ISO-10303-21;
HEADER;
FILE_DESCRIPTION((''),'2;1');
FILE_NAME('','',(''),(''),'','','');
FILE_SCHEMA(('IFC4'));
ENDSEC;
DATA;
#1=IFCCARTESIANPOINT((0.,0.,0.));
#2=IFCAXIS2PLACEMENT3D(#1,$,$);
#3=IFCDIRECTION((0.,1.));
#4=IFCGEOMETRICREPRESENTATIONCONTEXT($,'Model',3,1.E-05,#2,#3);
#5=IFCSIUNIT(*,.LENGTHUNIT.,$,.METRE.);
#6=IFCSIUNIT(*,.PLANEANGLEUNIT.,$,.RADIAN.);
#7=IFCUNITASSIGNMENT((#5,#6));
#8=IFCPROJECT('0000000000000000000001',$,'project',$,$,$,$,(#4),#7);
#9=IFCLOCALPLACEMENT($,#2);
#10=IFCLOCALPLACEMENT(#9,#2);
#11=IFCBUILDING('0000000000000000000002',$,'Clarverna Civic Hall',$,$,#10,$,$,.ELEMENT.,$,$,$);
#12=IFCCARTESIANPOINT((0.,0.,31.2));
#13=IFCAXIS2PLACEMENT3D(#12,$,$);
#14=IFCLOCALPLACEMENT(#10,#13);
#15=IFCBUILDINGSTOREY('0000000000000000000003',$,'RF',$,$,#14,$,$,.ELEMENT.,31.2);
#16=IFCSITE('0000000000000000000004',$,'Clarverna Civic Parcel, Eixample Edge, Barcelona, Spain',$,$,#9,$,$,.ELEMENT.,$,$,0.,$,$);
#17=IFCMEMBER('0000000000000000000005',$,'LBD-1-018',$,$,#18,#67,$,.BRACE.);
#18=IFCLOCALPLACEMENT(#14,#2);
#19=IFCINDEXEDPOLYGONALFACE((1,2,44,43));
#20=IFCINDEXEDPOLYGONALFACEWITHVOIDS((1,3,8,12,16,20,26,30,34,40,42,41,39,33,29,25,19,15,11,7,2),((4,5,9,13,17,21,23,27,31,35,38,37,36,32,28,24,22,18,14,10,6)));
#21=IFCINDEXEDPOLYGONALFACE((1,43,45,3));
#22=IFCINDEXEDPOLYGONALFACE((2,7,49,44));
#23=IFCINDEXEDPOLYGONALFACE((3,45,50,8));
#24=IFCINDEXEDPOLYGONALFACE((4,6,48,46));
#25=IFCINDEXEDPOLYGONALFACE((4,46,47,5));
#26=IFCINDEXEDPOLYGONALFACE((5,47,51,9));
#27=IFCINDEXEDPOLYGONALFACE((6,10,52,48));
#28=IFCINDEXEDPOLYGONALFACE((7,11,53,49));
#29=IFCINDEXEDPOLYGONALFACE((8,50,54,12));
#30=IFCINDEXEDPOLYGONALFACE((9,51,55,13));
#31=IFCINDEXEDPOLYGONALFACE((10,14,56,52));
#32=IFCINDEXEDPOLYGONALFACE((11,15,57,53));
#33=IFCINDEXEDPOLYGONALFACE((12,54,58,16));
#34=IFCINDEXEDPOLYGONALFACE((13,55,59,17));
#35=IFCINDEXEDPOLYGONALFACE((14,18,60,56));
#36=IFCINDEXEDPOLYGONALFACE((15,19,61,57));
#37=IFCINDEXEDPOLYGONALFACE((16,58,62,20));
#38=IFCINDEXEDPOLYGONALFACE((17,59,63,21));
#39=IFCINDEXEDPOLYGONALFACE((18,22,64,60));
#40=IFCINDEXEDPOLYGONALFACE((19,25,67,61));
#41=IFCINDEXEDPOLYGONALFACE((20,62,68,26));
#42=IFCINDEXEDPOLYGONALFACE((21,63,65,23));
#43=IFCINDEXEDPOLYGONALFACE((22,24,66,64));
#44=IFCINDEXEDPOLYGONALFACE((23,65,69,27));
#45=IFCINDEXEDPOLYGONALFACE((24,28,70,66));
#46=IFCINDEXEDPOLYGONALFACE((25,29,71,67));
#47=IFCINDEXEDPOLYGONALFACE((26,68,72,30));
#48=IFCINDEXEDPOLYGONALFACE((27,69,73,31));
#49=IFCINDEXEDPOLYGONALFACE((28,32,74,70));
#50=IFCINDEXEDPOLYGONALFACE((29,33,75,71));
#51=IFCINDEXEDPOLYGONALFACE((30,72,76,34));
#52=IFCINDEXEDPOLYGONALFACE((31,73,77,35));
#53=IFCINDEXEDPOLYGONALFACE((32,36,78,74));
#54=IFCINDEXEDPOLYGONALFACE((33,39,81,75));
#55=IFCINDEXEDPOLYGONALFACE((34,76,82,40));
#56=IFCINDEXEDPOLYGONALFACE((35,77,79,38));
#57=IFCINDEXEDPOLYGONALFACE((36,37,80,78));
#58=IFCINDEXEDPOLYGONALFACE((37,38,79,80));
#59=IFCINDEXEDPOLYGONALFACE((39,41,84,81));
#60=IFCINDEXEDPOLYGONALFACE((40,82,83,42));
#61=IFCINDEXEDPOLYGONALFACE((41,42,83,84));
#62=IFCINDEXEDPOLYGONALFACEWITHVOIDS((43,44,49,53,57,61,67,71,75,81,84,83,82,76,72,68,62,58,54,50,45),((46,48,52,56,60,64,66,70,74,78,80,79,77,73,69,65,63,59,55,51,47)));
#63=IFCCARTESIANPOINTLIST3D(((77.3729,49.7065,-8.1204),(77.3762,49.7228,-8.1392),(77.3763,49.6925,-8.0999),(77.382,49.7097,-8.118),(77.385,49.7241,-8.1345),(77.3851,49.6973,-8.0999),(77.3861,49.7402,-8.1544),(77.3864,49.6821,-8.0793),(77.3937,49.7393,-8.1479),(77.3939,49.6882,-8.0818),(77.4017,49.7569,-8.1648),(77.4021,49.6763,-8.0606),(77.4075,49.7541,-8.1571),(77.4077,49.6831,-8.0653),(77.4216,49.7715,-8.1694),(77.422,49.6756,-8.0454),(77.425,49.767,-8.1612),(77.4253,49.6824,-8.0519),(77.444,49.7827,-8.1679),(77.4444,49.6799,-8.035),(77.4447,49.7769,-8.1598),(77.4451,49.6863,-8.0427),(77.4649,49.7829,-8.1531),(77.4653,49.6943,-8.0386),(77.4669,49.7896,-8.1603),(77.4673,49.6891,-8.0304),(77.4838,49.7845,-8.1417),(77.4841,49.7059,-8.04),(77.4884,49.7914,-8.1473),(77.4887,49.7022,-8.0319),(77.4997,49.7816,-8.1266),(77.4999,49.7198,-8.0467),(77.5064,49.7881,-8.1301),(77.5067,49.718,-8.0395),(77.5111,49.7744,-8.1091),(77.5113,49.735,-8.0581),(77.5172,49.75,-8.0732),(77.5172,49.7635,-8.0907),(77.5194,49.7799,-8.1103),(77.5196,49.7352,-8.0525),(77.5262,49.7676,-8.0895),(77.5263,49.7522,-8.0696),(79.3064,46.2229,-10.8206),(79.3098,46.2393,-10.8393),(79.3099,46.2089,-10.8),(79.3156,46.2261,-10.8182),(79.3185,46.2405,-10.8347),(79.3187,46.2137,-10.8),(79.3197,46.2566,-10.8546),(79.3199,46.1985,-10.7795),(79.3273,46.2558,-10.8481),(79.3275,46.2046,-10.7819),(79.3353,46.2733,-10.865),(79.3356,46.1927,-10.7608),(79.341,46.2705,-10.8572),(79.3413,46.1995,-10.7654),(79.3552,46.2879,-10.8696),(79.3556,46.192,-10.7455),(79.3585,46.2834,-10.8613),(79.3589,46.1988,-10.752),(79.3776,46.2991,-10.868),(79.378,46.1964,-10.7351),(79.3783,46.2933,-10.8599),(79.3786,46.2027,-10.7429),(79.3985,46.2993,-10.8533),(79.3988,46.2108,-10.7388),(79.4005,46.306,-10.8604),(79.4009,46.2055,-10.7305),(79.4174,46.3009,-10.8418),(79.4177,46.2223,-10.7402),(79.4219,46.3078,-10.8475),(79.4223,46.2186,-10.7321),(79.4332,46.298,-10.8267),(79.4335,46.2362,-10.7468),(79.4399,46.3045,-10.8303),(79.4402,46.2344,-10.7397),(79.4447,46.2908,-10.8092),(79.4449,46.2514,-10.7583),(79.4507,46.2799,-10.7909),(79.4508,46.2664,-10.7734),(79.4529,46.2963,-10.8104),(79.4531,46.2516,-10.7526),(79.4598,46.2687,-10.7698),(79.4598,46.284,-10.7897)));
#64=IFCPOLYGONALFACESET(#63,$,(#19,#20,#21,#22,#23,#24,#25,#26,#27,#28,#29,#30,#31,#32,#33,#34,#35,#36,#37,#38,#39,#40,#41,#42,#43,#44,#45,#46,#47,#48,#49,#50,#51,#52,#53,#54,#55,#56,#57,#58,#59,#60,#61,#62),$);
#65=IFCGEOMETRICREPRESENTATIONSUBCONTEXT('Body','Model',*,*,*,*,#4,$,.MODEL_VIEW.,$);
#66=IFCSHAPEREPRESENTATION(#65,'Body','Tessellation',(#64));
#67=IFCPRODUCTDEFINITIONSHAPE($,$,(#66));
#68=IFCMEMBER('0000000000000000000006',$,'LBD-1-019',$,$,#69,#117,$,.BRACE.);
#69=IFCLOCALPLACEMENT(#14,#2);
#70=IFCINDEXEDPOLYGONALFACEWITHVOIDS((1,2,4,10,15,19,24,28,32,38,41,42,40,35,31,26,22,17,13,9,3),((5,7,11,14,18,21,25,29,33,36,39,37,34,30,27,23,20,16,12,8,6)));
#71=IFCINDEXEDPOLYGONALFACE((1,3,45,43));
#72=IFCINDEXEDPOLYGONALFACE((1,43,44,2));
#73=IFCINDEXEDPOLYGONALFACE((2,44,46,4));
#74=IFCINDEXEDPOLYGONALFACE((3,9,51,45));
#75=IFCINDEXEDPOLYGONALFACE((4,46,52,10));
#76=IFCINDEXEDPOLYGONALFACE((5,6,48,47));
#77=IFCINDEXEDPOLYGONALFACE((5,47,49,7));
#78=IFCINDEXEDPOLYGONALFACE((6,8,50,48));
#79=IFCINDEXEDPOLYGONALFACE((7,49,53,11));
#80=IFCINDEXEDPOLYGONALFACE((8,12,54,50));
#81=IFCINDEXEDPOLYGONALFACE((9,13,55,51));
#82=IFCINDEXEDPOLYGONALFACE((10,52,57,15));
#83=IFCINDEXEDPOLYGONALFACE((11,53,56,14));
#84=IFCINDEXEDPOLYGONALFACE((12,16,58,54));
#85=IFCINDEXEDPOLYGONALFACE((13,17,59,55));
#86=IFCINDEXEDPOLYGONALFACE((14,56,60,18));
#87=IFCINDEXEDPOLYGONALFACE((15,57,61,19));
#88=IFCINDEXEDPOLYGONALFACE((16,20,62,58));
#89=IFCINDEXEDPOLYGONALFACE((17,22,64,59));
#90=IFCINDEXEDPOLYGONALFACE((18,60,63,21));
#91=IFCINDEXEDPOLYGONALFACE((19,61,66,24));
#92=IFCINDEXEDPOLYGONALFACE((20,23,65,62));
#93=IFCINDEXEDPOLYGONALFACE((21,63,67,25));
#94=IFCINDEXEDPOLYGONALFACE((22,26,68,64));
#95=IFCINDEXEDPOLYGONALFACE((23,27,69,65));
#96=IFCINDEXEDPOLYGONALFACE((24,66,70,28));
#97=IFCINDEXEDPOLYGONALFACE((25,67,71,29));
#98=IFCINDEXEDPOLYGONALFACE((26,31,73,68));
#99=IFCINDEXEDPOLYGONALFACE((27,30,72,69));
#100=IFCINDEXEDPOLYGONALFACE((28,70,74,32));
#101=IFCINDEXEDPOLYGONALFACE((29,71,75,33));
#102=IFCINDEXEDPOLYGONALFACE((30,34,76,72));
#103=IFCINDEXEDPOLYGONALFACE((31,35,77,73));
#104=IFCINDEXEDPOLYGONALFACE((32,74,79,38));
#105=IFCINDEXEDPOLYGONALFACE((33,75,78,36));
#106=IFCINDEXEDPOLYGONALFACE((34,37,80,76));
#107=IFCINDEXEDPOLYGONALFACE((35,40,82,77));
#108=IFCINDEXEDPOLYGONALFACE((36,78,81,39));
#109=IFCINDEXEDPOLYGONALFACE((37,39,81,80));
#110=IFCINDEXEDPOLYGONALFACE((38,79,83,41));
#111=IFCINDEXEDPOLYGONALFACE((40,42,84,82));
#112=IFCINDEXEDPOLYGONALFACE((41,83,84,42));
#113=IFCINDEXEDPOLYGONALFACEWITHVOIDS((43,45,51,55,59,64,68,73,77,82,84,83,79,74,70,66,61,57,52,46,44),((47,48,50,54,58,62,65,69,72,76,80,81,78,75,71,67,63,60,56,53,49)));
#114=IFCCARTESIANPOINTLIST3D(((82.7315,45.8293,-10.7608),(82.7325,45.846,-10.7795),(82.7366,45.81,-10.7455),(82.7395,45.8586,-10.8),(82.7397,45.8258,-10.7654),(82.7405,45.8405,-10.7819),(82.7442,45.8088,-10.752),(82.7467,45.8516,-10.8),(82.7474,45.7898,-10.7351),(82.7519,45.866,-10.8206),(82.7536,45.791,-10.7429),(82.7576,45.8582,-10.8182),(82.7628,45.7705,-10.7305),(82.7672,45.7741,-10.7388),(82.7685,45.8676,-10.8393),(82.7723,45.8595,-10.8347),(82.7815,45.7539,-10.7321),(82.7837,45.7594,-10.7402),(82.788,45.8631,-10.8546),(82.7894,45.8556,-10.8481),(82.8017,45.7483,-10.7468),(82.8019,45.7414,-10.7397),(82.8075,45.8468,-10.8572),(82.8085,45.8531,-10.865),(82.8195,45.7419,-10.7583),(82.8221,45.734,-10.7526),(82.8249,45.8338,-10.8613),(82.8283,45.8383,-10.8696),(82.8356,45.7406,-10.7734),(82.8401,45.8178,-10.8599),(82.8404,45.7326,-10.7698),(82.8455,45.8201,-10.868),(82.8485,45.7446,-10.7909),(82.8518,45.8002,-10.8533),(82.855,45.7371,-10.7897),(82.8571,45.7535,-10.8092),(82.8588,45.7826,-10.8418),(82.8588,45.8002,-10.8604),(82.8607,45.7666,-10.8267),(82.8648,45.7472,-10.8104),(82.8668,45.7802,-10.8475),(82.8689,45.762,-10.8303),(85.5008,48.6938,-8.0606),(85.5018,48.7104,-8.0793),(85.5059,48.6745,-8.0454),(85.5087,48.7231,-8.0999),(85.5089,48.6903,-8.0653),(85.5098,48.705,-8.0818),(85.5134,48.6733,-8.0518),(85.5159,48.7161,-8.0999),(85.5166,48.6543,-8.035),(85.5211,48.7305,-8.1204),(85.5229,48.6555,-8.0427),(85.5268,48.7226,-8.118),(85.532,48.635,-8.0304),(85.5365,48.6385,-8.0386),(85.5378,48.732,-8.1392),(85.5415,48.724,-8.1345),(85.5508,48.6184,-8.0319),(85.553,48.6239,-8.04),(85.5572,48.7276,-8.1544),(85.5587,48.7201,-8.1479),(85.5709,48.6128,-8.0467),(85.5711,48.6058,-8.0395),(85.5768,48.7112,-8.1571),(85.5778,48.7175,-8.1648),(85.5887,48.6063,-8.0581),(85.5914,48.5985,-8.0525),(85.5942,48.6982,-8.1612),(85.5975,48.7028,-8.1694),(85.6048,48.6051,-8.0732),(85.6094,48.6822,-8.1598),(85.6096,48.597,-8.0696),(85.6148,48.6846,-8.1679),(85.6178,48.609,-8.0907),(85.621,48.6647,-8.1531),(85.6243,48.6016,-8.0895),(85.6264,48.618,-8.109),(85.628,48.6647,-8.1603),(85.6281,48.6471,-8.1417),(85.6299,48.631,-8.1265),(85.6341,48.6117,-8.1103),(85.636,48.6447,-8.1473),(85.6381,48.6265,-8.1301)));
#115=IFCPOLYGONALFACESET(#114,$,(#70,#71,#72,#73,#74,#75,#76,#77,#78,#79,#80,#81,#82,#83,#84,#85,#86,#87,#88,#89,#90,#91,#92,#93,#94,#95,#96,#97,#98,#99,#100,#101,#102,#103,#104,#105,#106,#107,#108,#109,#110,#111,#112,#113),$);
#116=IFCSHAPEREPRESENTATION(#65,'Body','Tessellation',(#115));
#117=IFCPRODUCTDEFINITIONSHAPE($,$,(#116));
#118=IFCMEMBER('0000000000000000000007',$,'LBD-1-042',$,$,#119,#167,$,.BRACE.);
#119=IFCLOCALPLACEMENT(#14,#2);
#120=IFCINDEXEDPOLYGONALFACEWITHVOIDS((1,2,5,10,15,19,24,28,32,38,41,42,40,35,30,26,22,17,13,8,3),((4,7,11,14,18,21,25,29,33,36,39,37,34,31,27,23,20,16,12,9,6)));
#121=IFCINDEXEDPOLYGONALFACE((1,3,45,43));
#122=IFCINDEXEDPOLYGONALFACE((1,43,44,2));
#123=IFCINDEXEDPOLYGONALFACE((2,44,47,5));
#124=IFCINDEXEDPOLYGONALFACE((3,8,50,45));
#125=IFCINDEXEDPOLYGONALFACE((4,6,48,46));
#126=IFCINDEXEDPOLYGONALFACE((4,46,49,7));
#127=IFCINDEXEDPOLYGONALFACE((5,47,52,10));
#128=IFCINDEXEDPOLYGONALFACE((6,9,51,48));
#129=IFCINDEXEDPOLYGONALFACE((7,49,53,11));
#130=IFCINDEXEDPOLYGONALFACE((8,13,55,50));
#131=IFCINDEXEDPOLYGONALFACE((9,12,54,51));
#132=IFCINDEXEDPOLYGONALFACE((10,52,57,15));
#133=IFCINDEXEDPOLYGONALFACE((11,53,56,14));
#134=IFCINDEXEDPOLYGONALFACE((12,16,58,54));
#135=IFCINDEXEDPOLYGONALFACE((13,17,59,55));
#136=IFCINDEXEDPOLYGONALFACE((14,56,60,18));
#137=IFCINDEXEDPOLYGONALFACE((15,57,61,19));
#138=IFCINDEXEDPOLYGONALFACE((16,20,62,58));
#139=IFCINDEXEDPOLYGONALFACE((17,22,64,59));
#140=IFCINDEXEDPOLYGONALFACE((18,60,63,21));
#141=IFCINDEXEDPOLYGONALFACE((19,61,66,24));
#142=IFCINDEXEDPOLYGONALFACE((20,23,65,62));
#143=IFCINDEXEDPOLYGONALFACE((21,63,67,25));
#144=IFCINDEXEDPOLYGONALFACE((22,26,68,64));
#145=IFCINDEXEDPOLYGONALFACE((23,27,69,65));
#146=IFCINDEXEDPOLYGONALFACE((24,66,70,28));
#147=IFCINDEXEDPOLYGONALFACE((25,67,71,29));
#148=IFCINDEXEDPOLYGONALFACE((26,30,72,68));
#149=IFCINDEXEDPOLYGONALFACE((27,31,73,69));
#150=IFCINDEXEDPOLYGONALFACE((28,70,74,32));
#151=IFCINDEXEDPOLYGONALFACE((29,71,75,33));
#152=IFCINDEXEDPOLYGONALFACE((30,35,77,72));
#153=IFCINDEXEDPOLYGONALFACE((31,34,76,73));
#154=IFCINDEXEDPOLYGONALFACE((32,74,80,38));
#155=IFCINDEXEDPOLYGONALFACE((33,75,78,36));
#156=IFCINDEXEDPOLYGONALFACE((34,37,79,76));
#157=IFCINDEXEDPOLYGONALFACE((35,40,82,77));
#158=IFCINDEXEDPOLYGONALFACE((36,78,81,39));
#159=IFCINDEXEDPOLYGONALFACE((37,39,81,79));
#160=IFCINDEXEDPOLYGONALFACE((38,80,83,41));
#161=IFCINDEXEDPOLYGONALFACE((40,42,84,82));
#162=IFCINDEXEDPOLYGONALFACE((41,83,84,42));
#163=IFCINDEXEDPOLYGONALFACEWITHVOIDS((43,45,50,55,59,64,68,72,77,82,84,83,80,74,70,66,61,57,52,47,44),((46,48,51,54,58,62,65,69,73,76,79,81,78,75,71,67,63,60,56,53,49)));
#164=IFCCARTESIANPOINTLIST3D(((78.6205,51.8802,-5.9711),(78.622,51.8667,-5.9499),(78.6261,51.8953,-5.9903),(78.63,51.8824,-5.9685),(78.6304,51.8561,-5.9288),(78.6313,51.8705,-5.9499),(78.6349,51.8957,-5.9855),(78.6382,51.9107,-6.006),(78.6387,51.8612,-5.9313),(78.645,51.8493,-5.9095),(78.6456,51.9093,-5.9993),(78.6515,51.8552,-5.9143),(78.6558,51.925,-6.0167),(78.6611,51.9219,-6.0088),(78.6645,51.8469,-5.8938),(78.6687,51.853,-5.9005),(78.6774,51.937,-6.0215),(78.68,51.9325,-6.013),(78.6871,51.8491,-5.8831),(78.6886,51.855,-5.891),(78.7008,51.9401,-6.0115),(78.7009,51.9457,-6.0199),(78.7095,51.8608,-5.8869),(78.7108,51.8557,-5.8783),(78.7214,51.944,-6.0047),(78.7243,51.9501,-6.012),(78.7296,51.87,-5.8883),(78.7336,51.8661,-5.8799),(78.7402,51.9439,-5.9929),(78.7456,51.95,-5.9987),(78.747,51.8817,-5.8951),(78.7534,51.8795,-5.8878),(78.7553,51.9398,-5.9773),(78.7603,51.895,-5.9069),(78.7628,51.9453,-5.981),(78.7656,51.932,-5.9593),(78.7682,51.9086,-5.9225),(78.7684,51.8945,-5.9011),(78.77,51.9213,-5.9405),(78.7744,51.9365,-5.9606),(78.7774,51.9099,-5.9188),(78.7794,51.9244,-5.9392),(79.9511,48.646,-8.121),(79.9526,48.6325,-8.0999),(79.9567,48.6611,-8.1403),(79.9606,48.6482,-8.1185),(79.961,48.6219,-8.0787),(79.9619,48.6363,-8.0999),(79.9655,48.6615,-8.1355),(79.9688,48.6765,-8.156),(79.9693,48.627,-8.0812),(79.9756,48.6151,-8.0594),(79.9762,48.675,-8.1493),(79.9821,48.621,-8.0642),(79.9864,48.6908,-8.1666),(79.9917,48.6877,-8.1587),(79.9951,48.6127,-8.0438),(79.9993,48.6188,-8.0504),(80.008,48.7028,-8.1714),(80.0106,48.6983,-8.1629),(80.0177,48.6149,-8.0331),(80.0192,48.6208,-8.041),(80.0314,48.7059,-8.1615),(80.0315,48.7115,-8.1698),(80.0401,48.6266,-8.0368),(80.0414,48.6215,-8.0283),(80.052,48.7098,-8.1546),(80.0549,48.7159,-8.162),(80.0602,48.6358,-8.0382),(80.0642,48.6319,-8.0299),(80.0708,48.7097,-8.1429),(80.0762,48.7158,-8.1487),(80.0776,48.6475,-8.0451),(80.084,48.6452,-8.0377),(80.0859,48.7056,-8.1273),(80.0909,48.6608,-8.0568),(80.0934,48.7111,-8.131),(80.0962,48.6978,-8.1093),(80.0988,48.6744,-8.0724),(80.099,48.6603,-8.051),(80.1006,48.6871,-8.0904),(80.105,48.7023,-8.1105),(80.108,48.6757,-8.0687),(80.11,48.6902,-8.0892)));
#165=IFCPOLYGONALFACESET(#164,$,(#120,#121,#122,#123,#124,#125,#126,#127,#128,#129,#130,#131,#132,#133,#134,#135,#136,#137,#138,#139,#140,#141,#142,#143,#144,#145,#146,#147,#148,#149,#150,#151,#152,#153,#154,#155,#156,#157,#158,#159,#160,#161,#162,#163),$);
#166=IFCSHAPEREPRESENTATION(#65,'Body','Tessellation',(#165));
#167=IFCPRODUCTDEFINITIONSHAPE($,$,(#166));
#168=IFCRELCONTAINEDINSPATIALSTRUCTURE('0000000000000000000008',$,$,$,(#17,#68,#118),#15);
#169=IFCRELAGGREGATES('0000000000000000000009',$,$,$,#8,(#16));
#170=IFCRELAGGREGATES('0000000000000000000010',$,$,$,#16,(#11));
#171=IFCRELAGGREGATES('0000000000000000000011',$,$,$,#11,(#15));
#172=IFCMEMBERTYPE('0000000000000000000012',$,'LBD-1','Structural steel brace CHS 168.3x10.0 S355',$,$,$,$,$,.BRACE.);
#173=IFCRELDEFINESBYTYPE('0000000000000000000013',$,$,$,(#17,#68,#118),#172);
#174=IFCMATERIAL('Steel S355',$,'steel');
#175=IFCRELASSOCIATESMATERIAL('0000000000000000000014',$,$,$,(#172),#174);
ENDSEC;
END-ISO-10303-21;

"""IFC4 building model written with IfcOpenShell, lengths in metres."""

from ifc_helpers import new_model, si_unit, direction, frame, origin, origin_2d, place, context, subcontext, project, spatial, hollow_circle, extrude, material, material_profile, profile_set, type_object, element, save


model = new_model("IFC4")

# Units and contexts
model_context = context("Model", 3, precision=1e-05, world=origin(), true_north=direction((0.0, 1.0)))
body_context = subcontext(model_context, "Body", "Model", "MODEL_VIEW")
ifc_project = project(units=[si_unit("LENGTHUNIT", "METRE"), si_unit("PLANEANGLEUNIT", "RADIAN")], contexts=[model_context])

# Site, building, storey
site_placement = place(None, origin())
site = spatial("IfcSite", under=ifc_project, at=site_placement, Name="Clarverna Civic Parcel, Eixample Edge, Barcelona, Spain", CompositionType="ELEMENT", RefElevation=0.0)
building_placement = place(site_placement, origin())
building = spatial("IfcBuilding", under=site, at=building_placement, Name="Clarverna Civic Hall", CompositionType="ELEMENT")
storey_placement = place(building_placement, frame((0.0, 0.0, 31.2)))
storey = spatial("IfcBuildingStorey", under=building, at=storey_placement, Name="RF", CompositionType="ELEMENT", Elevation=31.2)

# Members
ifc_material_1 = material(Name="Steel S355", Category="steel")
ifc_material_profile_1 = material_profile(ifc_material_1, hollow_circle(Radius=0.0842, WallThickness=0.01, at=origin_2d()), Name="CHS 168.3x10.0")
ifc_profile_set_1 = profile_set([ifc_material_profile_1], Name="Steel S355")
member_type_1 = type_object("IfcMemberType", Name="LBD-1", Description="Structural steel brace CHS 168.3x10.0 S355", PredefinedType="BRACE", material=ifc_profile_set_1)
for number, where, z_axis, x_axis, name in (
    (1, (79.3835, 46.2498, -10.8), (-0.401738, 0.723789, 0.561014), (-0.874345, -0.485305, 0.0), "LBD-1-018"),
    (2, (82.8, 45.8, -10.8), (0.575371, 0.595154, 0.561016), (-0.718955, 0.695057, 0.0), "LBD-1-019"),
):
    element("IfcMember", number, at=place(storey_placement, frame(where, z_axis=z_axis, x_axis=x_axis)), inside=storey, type_object=member_type_1, Name=name, PredefinedType="BRACE", context=body_context, shape_type="SweptSolid", body=[
        extrude(hollow_circle(Radius=0.0842, WallThickness=0.01, at=origin_2d()), origin(), (0.0, 0.0, 1.0), 4.813),
    ])
member_1_placement = place(storey_placement, frame((80.0305, 48.6646, -8.0999), z_axis=(-0.324123, 0.787827, 0.523711), x_axis=(-0.924792, -0.380472, 0.0)))
element("IfcMember", 3, at=member_1_placement, inside=storey, type_object=member_type_1, Name="LBD-1-042", PredefinedType="BRACE", context=body_context, shape_type="SweptSolid", body=[
    extrude(hollow_circle(Radius=0.0842, WallThickness=0.01, at=origin_2d()), origin(), (0.0, 0.0, 1.0), 4.1052),
])

save(model, "model.ifc")
